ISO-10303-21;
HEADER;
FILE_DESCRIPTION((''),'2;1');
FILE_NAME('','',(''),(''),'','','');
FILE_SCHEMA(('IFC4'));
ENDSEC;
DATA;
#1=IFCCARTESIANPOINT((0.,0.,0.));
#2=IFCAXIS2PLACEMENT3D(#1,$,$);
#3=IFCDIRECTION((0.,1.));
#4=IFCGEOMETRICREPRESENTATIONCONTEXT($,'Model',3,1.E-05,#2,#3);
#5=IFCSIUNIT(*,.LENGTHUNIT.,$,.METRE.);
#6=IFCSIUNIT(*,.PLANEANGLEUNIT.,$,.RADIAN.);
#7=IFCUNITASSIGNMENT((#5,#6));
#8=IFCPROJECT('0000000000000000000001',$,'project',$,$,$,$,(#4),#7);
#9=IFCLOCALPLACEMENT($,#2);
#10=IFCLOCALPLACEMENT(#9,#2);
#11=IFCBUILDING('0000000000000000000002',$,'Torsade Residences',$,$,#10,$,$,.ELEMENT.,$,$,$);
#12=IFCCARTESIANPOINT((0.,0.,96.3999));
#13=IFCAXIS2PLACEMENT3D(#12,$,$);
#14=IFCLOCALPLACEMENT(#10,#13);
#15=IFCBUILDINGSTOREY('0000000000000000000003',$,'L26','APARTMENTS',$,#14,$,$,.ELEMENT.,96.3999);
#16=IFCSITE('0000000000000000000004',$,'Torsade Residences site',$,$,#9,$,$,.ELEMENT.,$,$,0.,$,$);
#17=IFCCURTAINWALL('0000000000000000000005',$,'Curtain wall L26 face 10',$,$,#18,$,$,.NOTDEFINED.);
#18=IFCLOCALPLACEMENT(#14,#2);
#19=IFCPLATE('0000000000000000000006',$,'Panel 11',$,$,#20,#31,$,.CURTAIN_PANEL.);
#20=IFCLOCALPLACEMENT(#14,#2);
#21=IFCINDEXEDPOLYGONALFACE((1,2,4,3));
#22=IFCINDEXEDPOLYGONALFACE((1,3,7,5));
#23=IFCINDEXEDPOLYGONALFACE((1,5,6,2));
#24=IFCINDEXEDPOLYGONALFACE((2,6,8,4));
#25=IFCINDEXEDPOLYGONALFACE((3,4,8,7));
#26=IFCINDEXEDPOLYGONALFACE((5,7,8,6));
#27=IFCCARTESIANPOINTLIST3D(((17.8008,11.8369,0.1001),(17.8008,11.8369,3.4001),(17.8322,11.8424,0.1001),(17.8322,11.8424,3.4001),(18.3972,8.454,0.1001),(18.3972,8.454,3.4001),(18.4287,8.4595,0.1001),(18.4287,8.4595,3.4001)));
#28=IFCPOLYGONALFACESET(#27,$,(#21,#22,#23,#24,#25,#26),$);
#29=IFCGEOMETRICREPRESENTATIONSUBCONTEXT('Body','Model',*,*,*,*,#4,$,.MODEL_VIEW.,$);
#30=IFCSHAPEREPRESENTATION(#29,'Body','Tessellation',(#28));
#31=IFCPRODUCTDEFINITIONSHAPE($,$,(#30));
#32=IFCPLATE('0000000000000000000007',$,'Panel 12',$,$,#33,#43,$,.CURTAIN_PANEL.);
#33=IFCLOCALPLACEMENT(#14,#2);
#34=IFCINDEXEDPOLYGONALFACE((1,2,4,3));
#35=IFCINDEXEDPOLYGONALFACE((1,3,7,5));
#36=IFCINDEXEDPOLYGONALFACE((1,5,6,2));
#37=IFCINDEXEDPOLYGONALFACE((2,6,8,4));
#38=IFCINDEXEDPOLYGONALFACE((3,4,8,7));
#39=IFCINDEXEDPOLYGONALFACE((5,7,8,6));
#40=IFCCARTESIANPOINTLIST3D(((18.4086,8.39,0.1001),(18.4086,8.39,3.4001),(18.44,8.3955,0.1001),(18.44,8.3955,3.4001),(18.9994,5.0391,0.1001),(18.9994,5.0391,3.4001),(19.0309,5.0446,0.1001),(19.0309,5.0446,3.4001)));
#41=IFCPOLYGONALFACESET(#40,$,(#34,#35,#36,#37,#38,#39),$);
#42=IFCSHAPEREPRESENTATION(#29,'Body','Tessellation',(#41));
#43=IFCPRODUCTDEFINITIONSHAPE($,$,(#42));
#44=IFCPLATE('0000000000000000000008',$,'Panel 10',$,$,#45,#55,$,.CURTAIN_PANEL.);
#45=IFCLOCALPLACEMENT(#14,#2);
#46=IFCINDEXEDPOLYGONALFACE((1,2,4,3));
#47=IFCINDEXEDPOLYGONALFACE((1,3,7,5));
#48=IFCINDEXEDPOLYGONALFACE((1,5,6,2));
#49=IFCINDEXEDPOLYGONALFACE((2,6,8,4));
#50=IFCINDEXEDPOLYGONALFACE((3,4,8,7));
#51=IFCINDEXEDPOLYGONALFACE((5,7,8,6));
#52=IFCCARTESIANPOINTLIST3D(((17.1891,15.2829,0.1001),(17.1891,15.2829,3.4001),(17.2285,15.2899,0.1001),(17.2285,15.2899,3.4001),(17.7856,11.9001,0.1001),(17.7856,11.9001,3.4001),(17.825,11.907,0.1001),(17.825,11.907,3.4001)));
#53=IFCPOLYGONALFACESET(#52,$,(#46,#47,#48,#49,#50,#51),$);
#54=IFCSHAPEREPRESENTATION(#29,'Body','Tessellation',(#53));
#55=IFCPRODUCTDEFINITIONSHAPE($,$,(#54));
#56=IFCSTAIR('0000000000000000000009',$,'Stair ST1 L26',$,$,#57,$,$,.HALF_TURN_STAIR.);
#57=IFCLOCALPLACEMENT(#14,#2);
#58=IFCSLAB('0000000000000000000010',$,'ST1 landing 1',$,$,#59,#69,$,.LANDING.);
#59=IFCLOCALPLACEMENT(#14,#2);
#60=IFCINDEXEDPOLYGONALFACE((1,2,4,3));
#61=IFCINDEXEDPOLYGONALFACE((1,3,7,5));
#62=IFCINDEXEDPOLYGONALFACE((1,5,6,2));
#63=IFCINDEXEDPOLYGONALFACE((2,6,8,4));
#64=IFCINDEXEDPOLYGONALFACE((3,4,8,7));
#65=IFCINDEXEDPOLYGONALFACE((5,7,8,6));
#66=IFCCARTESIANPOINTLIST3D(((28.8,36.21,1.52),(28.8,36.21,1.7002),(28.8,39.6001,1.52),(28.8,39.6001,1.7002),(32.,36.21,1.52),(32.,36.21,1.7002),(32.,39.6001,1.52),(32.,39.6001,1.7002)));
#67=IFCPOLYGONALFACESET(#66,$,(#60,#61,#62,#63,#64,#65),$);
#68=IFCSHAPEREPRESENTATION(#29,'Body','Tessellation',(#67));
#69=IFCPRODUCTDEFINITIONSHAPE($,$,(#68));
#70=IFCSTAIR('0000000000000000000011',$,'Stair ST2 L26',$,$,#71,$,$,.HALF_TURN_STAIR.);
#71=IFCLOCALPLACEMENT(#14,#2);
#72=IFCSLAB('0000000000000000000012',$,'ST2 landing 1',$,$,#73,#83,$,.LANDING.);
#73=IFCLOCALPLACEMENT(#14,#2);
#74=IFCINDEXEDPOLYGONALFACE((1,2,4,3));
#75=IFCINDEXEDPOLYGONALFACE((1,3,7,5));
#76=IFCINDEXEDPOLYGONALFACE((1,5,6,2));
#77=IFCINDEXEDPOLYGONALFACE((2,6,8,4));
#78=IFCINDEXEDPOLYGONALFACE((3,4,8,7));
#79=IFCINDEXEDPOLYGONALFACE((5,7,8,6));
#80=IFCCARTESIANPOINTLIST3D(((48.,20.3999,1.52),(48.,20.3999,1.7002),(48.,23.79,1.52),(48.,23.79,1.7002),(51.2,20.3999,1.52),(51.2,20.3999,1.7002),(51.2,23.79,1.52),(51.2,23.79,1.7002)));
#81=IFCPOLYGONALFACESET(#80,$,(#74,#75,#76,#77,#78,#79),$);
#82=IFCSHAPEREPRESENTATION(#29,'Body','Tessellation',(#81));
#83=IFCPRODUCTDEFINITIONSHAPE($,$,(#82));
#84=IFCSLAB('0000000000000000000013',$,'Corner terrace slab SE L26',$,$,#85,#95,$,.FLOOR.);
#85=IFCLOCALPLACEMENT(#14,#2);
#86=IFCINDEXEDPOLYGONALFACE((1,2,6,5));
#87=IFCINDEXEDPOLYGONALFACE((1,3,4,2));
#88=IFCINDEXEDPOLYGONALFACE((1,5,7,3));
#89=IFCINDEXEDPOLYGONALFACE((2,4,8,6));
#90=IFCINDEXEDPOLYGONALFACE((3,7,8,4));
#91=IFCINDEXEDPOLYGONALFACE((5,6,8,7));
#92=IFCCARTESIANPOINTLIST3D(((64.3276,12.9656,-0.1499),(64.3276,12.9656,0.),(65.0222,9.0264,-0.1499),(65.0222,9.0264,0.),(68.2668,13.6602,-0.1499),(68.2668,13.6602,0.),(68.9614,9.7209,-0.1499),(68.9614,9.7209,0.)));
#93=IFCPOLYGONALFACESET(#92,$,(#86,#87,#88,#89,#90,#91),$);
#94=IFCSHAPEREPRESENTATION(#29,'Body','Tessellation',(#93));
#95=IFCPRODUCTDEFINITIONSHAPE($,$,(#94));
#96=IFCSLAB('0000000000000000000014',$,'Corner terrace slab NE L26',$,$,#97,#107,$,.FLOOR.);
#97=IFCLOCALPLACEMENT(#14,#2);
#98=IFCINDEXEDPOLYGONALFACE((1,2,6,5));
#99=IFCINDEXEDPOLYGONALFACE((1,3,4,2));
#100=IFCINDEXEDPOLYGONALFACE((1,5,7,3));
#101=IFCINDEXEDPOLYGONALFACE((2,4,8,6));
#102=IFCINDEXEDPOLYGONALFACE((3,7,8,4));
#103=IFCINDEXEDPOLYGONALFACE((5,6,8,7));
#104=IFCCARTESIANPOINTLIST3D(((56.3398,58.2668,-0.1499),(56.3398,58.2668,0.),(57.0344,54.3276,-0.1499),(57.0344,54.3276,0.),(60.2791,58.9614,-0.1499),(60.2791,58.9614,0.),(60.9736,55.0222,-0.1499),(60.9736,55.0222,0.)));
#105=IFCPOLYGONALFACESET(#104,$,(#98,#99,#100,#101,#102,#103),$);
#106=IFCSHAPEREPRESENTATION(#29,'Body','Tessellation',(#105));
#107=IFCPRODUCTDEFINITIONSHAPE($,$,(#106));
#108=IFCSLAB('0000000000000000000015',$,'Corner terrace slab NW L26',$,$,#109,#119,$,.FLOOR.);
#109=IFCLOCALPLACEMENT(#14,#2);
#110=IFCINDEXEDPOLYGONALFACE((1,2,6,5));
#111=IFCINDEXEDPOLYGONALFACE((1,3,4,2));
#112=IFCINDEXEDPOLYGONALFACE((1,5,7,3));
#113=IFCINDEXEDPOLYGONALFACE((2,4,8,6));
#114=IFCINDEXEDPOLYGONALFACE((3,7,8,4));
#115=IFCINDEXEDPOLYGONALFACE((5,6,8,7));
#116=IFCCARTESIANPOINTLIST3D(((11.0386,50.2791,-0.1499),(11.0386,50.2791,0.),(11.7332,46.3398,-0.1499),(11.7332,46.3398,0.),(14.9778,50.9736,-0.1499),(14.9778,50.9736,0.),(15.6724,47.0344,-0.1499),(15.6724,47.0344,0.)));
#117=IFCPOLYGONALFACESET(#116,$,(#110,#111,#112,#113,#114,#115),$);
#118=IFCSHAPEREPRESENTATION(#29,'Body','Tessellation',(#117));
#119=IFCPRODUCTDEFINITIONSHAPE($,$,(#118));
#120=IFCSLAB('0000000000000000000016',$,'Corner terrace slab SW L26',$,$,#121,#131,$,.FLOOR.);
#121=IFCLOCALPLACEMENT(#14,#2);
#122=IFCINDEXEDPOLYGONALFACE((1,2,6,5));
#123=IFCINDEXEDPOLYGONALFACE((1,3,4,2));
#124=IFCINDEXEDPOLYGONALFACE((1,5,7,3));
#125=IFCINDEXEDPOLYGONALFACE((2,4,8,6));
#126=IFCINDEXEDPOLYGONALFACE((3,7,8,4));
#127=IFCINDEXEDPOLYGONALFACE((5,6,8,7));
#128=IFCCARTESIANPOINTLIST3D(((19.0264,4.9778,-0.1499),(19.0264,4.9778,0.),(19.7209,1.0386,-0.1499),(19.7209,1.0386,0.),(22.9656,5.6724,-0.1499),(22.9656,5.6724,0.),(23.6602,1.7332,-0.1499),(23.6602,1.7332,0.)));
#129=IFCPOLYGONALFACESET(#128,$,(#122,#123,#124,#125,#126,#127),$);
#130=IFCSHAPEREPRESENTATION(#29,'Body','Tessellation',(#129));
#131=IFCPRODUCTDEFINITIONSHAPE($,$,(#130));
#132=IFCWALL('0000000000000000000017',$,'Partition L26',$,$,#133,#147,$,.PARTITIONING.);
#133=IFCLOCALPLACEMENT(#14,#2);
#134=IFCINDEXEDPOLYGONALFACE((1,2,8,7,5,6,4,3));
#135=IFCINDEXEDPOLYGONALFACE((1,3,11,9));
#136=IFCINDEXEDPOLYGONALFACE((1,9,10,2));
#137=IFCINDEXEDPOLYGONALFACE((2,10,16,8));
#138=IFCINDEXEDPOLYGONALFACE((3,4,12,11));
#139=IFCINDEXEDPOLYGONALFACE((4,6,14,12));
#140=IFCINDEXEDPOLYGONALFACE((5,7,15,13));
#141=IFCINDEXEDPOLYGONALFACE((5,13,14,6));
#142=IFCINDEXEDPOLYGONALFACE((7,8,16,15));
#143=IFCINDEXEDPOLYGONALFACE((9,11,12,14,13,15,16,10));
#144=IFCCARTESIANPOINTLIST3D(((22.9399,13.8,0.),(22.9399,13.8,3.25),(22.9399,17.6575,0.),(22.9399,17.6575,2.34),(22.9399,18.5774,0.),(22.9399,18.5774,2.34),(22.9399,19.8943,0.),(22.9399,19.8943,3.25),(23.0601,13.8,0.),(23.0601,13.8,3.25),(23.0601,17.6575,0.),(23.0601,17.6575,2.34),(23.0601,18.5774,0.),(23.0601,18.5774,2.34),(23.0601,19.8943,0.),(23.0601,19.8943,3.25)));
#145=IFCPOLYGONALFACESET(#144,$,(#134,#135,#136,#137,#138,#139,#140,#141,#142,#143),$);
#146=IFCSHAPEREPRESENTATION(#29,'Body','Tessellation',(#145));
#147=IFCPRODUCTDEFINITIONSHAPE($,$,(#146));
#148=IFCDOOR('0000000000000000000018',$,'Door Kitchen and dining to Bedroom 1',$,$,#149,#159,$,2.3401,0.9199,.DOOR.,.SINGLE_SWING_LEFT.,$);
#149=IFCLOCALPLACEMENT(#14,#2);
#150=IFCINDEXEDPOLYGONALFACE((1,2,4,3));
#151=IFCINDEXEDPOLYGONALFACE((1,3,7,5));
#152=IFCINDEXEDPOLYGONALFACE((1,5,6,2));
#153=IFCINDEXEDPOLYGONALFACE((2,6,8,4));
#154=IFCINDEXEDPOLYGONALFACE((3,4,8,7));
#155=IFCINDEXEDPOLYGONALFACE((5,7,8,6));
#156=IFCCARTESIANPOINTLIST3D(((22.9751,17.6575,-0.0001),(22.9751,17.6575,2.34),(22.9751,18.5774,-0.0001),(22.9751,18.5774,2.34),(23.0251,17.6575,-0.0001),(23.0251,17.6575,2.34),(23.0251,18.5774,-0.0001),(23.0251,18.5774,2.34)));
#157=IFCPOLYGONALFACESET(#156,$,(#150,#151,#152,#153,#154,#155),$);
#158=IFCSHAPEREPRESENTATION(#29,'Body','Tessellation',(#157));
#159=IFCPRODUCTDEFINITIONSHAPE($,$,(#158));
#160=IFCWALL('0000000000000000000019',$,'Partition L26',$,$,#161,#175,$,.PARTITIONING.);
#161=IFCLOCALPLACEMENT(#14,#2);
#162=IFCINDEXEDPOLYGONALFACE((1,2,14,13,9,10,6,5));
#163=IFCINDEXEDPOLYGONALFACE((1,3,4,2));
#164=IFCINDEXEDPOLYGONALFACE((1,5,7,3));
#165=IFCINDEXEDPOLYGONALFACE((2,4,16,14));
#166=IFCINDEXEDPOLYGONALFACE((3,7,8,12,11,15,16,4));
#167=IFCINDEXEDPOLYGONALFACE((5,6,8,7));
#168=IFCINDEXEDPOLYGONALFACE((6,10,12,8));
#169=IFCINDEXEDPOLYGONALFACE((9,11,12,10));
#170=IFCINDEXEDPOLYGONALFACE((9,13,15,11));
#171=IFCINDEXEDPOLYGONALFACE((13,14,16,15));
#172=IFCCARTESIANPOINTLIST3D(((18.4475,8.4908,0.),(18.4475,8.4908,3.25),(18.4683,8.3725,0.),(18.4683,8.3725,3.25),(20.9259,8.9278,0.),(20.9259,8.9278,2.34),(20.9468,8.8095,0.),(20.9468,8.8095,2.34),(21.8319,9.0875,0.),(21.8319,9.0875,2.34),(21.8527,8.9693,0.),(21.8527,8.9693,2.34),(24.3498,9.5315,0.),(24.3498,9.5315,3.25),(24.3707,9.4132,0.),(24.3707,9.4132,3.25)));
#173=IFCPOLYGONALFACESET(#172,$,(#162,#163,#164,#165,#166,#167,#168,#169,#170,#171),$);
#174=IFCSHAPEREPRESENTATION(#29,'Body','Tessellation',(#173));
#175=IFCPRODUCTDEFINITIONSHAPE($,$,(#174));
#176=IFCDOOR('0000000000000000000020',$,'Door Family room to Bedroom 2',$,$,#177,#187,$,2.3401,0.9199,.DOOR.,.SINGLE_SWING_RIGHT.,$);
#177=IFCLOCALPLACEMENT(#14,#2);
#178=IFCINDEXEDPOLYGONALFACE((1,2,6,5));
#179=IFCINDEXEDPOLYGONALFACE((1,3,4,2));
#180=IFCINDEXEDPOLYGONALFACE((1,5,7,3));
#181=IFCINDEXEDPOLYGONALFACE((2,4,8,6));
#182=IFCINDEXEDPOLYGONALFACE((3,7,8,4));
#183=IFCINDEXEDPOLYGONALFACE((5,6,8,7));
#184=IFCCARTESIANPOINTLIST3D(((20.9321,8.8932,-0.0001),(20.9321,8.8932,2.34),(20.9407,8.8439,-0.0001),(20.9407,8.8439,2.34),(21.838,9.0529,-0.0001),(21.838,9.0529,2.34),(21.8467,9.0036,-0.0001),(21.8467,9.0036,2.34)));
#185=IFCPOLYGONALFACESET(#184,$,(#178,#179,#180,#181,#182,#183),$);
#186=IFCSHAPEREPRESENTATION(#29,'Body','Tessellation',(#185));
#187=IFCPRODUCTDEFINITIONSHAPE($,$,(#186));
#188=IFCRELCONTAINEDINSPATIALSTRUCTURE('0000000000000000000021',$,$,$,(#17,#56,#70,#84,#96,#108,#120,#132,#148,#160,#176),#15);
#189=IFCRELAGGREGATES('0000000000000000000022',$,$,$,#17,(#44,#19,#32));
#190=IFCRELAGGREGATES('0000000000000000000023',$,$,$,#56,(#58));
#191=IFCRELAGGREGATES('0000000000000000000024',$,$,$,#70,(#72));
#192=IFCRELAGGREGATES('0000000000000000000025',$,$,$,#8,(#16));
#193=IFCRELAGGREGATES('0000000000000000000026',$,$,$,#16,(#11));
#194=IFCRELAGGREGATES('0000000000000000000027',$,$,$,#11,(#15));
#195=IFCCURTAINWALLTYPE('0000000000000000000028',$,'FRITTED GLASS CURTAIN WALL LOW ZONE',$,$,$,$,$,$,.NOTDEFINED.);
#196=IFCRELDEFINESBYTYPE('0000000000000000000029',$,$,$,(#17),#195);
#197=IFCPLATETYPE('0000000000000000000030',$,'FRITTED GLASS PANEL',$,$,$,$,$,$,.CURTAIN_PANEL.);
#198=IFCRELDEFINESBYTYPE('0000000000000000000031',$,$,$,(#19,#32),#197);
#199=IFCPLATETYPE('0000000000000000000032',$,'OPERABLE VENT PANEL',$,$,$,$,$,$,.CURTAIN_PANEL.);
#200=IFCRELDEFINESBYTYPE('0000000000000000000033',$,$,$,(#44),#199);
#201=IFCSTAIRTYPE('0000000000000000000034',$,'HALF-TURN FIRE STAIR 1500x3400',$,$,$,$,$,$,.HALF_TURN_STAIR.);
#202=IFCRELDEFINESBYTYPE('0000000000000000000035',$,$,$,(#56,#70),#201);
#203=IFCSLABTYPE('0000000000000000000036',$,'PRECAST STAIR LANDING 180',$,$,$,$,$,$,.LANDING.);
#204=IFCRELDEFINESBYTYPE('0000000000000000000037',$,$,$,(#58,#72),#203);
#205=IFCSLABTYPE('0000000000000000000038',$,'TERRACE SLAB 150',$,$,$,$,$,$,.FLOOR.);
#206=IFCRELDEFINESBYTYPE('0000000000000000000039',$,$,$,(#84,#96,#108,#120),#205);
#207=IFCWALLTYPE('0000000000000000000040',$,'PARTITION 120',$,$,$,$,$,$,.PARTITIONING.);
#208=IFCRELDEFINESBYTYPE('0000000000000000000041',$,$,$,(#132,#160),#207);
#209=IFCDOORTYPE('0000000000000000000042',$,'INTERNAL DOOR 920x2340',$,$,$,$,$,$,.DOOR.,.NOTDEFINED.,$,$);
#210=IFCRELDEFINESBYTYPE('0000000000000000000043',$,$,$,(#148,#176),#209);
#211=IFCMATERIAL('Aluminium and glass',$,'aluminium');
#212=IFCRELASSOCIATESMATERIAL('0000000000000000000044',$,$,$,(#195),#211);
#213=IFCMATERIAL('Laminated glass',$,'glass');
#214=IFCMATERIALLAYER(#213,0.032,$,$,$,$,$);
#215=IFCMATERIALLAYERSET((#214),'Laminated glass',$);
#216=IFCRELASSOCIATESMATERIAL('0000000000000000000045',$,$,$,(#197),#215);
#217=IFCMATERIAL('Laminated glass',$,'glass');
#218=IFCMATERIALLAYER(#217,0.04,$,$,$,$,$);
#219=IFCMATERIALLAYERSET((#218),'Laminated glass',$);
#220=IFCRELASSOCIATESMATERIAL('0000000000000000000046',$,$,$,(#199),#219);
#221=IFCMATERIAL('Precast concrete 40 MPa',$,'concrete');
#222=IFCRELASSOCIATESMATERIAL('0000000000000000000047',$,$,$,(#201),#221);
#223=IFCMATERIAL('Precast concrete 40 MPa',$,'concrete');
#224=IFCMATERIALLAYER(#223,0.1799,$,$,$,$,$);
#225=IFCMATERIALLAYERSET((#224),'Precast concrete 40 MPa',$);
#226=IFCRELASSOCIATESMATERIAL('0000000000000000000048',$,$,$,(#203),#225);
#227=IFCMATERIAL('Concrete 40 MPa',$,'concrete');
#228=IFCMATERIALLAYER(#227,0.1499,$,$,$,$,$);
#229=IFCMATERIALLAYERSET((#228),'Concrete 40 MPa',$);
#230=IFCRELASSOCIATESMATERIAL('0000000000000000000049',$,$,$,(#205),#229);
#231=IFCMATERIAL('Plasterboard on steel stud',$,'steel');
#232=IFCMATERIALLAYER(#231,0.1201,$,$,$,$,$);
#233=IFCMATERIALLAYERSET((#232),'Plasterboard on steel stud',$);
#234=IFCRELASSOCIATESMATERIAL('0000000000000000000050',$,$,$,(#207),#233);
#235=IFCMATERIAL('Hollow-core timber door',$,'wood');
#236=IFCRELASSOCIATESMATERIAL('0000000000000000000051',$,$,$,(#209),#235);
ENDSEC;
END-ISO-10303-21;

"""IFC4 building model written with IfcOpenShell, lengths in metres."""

from ifc_helpers import new_model, si_unit, direction, frame, frame_2d, origin, origin_2d, place, context, subcontext, project, spatial, polyline, rectangle, outline, extrude, material, layer, layer_set, type_object, element, fill, aggregate, save


model = new_model("IFC4")

# Units and contexts
model_context = context("Model", 3, precision=1e-05, world=origin(), true_north=direction((0.0, 1.0)))
body_context = subcontext(model_context, "Body", "Model", "MODEL_VIEW")
ifc_project = project(units=[si_unit("LENGTHUNIT", "METRE"), si_unit("PLANEANGLEUNIT", "RADIAN")], contexts=[model_context])

# Site, building, storey
site_placement = place(None, origin())
site = spatial("IfcSite", under=ifc_project, at=site_placement, Name="Torsade Residences site", CompositionType="ELEMENT", RefElevation=0.0)
building_placement = place(site_placement, origin())
building = spatial("IfcBuilding", under=site, at=building_placement, Name="Torsade Residences", CompositionType="ELEMENT")
storey_placement = place(building_placement, frame((0.0, 0.0, 96.3999)))
storey = spatial("IfcBuildingStorey", under=building, at=storey_placement, Name="L26", Description="APARTMENTS", CompositionType="ELEMENT", Elevation=96.3999)

# Curtain wall
ifc_material_1 = material(Name="Aluminium and glass", Category="aluminium")
curtain_wall_type = type_object("IfcCurtainWallType", Name="FRITTED GLASS CURTAIN WALL LOW ZONE", PredefinedType="NOTDEFINED", material=ifc_material_1)
curtain_wall_placement = place(storey_placement, origin())
curtain_wall = element("IfcCurtainWall", 1, at=curtain_wall_placement, inside=storey, type_object=curtain_wall_type, Name="Curtain wall L26 face 10", PredefinedType="NOTDEFINED")

# Plates
ifc_material_2 = material(Name="Laminated glass", Category="glass")
ifc_layer_1 = layer(ifc_material_2, 0.032)
ifc_layer_set_1 = layer_set([ifc_layer_1], Name="Laminated glass")
plate_type_1 = type_object("IfcPlateType", Name="FRITTED GLASS PANEL", PredefinedType="CURTAIN_PANEL", material=ifc_layer_set_1)
plate_1_placement = place(storey_placement, frame((18.1147, 10.1482, 0.1001), z_axis=(0.0, 0.0, 1.0), x_axis=(0.173648, -0.984808, 0.0)))
plate_1 = element("IfcPlate", 2, at=plate_1_placement, type_object=plate_type_1, Name="Panel 11", PredefinedType="CURTAIN_PANEL", context=body_context, shape_type="SweptSolid", body=[
    extrude(rectangle(XDim=3.4351, YDim=0.032, at=origin_2d()), origin(), (0.0, 0.0, 1.0), 3.3),
])
plate_2_placement = place(storey_placement, frame((18.7197, 6.7173, 0.1001), z_axis=(0.0, 0.0, 1.0), x_axis=(0.173648, -0.984808, 0.0)))
plate_2 = element("IfcPlate", 3, at=plate_2_placement, type_object=plate_type_1, Name="Panel 12", PredefinedType="CURTAIN_PANEL", context=body_context, shape_type="SweptSolid", body=[
    extrude(rectangle(XDim=3.4026, YDim=0.032, at=origin_2d()), origin(), (0.0, 0.0, 1.0), 3.3),
])
ifc_material_3 = material(Name="Laminated glass", Category="glass")
ifc_layer_2 = layer(ifc_material_3, 0.04)
ifc_layer_set_2 = layer_set([ifc_layer_2], Name="Laminated glass")
plate_type_2 = type_object("IfcPlateType", Name="OPERABLE VENT PANEL", PredefinedType="CURTAIN_PANEL", material=ifc_layer_set_2)
plate_3_placement = place(storey_placement, frame((17.5071, 13.595, 0.1001), z_axis=(0.0, 0.0, 1.0), x_axis=(0.173648, -0.984808, 0.0)))
plate_3 = element("IfcPlate", 4, at=plate_3_placement, type_object=plate_type_2, Name="Panel 10", PredefinedType="CURTAIN_PANEL", context=body_context, shape_type="SweptSolid", body=[
    extrude(rectangle(XDim=3.4351, YDim=0.04, at=origin_2d()), origin(), (0.0, 0.0, 1.0), 3.3),
])
aggregate(curtain_wall, [plate_3, plate_1, plate_2])

# Stairs, slabs
ifc_material_4 = material(Name="Precast concrete 40 MPa", Category="concrete")
stair_type = type_object("IfcStairType", Name="HALF-TURN FIRE STAIR 1500x3400", PredefinedType="HALF_TURN_STAIR", material=ifc_material_4)
stair_1_placement = place(storey_placement, origin())
stair_1 = element("IfcStair", 5, at=stair_1_placement, inside=storey, type_object=stair_type, Name="Stair ST1 L26", PredefinedType="HALF_TURN_STAIR")
ifc_material_5 = material(Name="Precast concrete 40 MPa", Category="concrete")
ifc_layer_3 = layer(ifc_material_5, 0.1799)
ifc_layer_set_3 = layer_set([ifc_layer_3], Name="Precast concrete 40 MPa")
slab_type_1 = type_object("IfcSlabType", Name="PRECAST STAIR LANDING 180", PredefinedType="LANDING", material=ifc_layer_set_3)
slab_1_placement = place(storey_placement, frame((0.0, 0.0, 1.52)))
slab_1 = element("IfcSlab", 6, at=slab_1_placement, type_object=slab_type_1, Name="ST1 landing 1", PredefinedType="LANDING", context=body_context, shape_type="SweptSolid", body=[
    extrude(outline(polyline([(28.8, 36.21), (32.0, 36.21), (32.0, 39.6001), (28.8, 39.6001), (28.8, 36.21)])), origin(), (0.0, 0.0, 1.0), 0.1802),
])
aggregate(stair_1, [slab_1])
stair_2_placement = place(storey_placement, origin())
stair_2 = element("IfcStair", 7, at=stair_2_placement, inside=storey, type_object=stair_type, Name="Stair ST2 L26", PredefinedType="HALF_TURN_STAIR")
slab_2_placement = place(storey_placement, frame((0.0, 0.0, 1.52)))
slab_2 = element("IfcSlab", 8, at=slab_2_placement, type_object=slab_type_1, Name="ST2 landing 1", PredefinedType="LANDING", context=body_context, shape_type="SweptSolid", body=[
    extrude(outline(polyline([(48.0, 20.3999), (51.2, 20.3999), (51.2, 23.79), (48.0, 23.79), (48.0, 20.3999)])), origin(), (0.0, 0.0, 1.0), 0.1802),
])
aggregate(stair_2, [slab_2])

# Slabs
ifc_material_6 = material(Name="Concrete 40 MPa", Category="concrete")
ifc_layer_4 = layer(ifc_material_6, 0.1499)
ifc_layer_set_4 = layer_set([ifc_layer_4], Name="Concrete 40 MPa")
slab_type_2 = type_object("IfcSlabType", Name="TERRACE SLAB 150", PredefinedType="FLOOR", material=ifc_layer_set_4)
slab_3_placement = place(storey_placement, frame((0.0, 0.0, -0.1499)))
element("IfcSlab", 9, at=slab_3_placement, inside=storey, type_object=slab_type_2, Name="Corner terrace slab SE L26", PredefinedType="FLOOR", context=body_context, shape_type="SweptSolid", body=[
    extrude(outline(polyline([(65.0222, 9.0264), (68.9614, 9.7209), (68.2668, 13.6602), (64.3276, 12.9656), (65.0222, 9.0264)])), origin(), (0.0, 0.0, 1.0), 0.1499),
])
slab_4_placement = place(storey_placement, frame((0.0, 0.0, -0.1499)))
element("IfcSlab", 10, at=slab_4_placement, inside=storey, type_object=slab_type_2, Name="Corner terrace slab NE L26", PredefinedType="FLOOR", context=body_context, shape_type="SweptSolid", body=[
    extrude(outline(polyline([(57.0344, 54.3276), (60.9736, 55.0222), (60.2791, 58.9614), (56.3398, 58.2668), (57.0344, 54.3276)])), origin(), (0.0, 0.0, 1.0), 0.1499),
])
slab_5_placement = place(storey_placement, frame((0.0, 0.0, -0.1499)))
element("IfcSlab", 11, at=slab_5_placement, inside=storey, type_object=slab_type_2, Name="Corner terrace slab NW L26", PredefinedType="FLOOR", context=body_context, shape_type="SweptSolid", body=[
    extrude(outline(polyline([(11.7332, 46.3398), (15.6724, 47.0344), (14.9778, 50.9736), (11.0386, 50.2791), (11.7332, 46.3398)])), origin(), (0.0, 0.0, 1.0), 0.1499),
])
slab_6_placement = place(storey_placement, frame((0.0, 0.0, -0.1499)))
element("IfcSlab", 12, at=slab_6_placement, inside=storey, type_object=slab_type_2, Name="Corner terrace slab SW L26", PredefinedType="FLOOR", context=body_context, shape_type="SweptSolid", body=[
    extrude(outline(polyline([(19.7209, 1.0386), (23.6602, 1.7332), (22.9656, 5.6724), (19.0264, 4.9778), (19.7209, 1.0386)])), origin(), (0.0, 0.0, 1.0), 0.1499),
])

# Walls, openings, doors
ifc_material_7 = material(Name="Plasterboard on steel stud", Category="steel")
ifc_layer_5 = layer(ifc_material_7, 0.1201)
ifc_layer_set_5 = layer_set([ifc_layer_5], Name="Plasterboard on steel stud")
wall_type_1 = type_object("IfcWallType", Name="PARTITION 120", PredefinedType="PARTITIONING", material=ifc_layer_set_5)
wall_1_placement = place(storey_placement, frame((23.0, 13.8, 0.0), z_axis=(0.0, 0.0, 1.0), x_axis=(0.0, 1.0, 0.0)))
wall_1 = element("IfcWall", 13, at=wall_1_placement, inside=storey, type_object=wall_type_1, Name="Partition L26", PredefinedType="PARTITIONING", context=body_context, shape_type="SweptSolid", body=[
    extrude(rectangle(XDim=6.0942, YDim=0.1201, at=frame_2d((3.0471, 0.0))), origin(), (0.0, 0.0, 1.0), 3.25),
])
opening_1_placement = place(wall_1_placement, frame((3.8574, 0.0, 0.0)))
opening_1 = element("IfcOpeningElement", 14, at=opening_1_placement, cuts=wall_1, PredefinedType="OPENING", context=body_context, shape_type="SweptSolid", body=[
    extrude(rectangle(XDim=0.9199, YDim=2.3401, at=frame_2d((0.46, 1.1699))), frame((0.0, 0.0701, 0.0), z_axis=(0.0, -1.0, 0.0), x_axis=(1.0, 0.0, 0.0)), (0.0, 0.0, 1.0), 0.1401),
])
ifc_material_8 = material(Name="Hollow-core timber door", Category="wood")
door_type_1 = type_object("IfcDoorType", Name="INTERNAL DOOR 920x2340", OperationType="NOTDEFINED", PredefinedType="DOOR", material=ifc_material_8)
door_1_placement = place(opening_1_placement, origin())
door_1 = element("IfcDoor", 15, at=door_1_placement, inside=storey, type_object=door_type_1, Name="Door Kitchen and dining to Bedroom 1", OperationType="SINGLE_SWING_LEFT", OverallHeight=2.3401, OverallWidth=0.9199, PredefinedType="DOOR", context=body_context, shape_type="SweptSolid", body=[
    extrude(rectangle(XDim=0.9199, YDim=2.3401, at=frame_2d((0.46, 1.1699))), frame((0.0, 0.0249, 0.0), z_axis=(0.0, -1.0, 0.0), x_axis=(1.0, 0.0, 0.0)), (0.0, 0.0, 1.0), 0.05),
])
fill(opening_1, door_1)
wall_2_placement = place(storey_placement, frame((18.458, 8.4316, 0.0), z_axis=(0.0, 0.0, 1.0), x_axis=(0.984807, 0.173653, 0.0)))
wall_2 = element("IfcWall", 16, at=wall_2_placement, inside=storey, type_object=wall_type_1, Name="Partition L26", PredefinedType="PARTITIONING", context=body_context, shape_type="SweptSolid", body=[
    extrude(rectangle(XDim=5.9934, YDim=0.1201, at=frame_2d((2.9966, 0.0))), origin(), (0.0, 0.0, 1.0), 3.25),
])
opening_2_placement = place(wall_2_placement, frame((2.5166, 0.0, 0.0)))
opening_2 = element("IfcOpeningElement", 17, at=opening_2_placement, cuts=wall_2, PredefinedType="OPENING", context=body_context, shape_type="SweptSolid", body=[
    extrude(rectangle(XDim=0.9199, YDim=2.3401, at=frame_2d((0.46, 1.1699))), frame((0.0, 0.0701, 0.0), z_axis=(0.0, -1.0, 0.0), x_axis=(1.0, 0.0, 0.0)), (0.0, 0.0, 1.0), 0.1401),
])
door_2_placement = place(opening_2_placement, origin())
door_2 = element("IfcDoor", 18, at=door_2_placement, inside=storey, type_object=door_type_1, Name="Door Family room to Bedroom 2", OperationType="SINGLE_SWING_RIGHT", OverallHeight=2.3401, OverallWidth=0.9199, PredefinedType="DOOR", context=body_context, shape_type="SweptSolid", body=[
    extrude(rectangle(XDim=0.9199, YDim=2.3401, at=frame_2d((0.46, 1.1699))), frame((0.0, 0.0249, 0.0), z_axis=(0.0, -1.0, 0.0), x_axis=(1.0, 0.0, 0.0)), (0.0, 0.0, 1.0), 0.05),
])
fill(opening_2, door_2)

save(model, "model.ifc")
